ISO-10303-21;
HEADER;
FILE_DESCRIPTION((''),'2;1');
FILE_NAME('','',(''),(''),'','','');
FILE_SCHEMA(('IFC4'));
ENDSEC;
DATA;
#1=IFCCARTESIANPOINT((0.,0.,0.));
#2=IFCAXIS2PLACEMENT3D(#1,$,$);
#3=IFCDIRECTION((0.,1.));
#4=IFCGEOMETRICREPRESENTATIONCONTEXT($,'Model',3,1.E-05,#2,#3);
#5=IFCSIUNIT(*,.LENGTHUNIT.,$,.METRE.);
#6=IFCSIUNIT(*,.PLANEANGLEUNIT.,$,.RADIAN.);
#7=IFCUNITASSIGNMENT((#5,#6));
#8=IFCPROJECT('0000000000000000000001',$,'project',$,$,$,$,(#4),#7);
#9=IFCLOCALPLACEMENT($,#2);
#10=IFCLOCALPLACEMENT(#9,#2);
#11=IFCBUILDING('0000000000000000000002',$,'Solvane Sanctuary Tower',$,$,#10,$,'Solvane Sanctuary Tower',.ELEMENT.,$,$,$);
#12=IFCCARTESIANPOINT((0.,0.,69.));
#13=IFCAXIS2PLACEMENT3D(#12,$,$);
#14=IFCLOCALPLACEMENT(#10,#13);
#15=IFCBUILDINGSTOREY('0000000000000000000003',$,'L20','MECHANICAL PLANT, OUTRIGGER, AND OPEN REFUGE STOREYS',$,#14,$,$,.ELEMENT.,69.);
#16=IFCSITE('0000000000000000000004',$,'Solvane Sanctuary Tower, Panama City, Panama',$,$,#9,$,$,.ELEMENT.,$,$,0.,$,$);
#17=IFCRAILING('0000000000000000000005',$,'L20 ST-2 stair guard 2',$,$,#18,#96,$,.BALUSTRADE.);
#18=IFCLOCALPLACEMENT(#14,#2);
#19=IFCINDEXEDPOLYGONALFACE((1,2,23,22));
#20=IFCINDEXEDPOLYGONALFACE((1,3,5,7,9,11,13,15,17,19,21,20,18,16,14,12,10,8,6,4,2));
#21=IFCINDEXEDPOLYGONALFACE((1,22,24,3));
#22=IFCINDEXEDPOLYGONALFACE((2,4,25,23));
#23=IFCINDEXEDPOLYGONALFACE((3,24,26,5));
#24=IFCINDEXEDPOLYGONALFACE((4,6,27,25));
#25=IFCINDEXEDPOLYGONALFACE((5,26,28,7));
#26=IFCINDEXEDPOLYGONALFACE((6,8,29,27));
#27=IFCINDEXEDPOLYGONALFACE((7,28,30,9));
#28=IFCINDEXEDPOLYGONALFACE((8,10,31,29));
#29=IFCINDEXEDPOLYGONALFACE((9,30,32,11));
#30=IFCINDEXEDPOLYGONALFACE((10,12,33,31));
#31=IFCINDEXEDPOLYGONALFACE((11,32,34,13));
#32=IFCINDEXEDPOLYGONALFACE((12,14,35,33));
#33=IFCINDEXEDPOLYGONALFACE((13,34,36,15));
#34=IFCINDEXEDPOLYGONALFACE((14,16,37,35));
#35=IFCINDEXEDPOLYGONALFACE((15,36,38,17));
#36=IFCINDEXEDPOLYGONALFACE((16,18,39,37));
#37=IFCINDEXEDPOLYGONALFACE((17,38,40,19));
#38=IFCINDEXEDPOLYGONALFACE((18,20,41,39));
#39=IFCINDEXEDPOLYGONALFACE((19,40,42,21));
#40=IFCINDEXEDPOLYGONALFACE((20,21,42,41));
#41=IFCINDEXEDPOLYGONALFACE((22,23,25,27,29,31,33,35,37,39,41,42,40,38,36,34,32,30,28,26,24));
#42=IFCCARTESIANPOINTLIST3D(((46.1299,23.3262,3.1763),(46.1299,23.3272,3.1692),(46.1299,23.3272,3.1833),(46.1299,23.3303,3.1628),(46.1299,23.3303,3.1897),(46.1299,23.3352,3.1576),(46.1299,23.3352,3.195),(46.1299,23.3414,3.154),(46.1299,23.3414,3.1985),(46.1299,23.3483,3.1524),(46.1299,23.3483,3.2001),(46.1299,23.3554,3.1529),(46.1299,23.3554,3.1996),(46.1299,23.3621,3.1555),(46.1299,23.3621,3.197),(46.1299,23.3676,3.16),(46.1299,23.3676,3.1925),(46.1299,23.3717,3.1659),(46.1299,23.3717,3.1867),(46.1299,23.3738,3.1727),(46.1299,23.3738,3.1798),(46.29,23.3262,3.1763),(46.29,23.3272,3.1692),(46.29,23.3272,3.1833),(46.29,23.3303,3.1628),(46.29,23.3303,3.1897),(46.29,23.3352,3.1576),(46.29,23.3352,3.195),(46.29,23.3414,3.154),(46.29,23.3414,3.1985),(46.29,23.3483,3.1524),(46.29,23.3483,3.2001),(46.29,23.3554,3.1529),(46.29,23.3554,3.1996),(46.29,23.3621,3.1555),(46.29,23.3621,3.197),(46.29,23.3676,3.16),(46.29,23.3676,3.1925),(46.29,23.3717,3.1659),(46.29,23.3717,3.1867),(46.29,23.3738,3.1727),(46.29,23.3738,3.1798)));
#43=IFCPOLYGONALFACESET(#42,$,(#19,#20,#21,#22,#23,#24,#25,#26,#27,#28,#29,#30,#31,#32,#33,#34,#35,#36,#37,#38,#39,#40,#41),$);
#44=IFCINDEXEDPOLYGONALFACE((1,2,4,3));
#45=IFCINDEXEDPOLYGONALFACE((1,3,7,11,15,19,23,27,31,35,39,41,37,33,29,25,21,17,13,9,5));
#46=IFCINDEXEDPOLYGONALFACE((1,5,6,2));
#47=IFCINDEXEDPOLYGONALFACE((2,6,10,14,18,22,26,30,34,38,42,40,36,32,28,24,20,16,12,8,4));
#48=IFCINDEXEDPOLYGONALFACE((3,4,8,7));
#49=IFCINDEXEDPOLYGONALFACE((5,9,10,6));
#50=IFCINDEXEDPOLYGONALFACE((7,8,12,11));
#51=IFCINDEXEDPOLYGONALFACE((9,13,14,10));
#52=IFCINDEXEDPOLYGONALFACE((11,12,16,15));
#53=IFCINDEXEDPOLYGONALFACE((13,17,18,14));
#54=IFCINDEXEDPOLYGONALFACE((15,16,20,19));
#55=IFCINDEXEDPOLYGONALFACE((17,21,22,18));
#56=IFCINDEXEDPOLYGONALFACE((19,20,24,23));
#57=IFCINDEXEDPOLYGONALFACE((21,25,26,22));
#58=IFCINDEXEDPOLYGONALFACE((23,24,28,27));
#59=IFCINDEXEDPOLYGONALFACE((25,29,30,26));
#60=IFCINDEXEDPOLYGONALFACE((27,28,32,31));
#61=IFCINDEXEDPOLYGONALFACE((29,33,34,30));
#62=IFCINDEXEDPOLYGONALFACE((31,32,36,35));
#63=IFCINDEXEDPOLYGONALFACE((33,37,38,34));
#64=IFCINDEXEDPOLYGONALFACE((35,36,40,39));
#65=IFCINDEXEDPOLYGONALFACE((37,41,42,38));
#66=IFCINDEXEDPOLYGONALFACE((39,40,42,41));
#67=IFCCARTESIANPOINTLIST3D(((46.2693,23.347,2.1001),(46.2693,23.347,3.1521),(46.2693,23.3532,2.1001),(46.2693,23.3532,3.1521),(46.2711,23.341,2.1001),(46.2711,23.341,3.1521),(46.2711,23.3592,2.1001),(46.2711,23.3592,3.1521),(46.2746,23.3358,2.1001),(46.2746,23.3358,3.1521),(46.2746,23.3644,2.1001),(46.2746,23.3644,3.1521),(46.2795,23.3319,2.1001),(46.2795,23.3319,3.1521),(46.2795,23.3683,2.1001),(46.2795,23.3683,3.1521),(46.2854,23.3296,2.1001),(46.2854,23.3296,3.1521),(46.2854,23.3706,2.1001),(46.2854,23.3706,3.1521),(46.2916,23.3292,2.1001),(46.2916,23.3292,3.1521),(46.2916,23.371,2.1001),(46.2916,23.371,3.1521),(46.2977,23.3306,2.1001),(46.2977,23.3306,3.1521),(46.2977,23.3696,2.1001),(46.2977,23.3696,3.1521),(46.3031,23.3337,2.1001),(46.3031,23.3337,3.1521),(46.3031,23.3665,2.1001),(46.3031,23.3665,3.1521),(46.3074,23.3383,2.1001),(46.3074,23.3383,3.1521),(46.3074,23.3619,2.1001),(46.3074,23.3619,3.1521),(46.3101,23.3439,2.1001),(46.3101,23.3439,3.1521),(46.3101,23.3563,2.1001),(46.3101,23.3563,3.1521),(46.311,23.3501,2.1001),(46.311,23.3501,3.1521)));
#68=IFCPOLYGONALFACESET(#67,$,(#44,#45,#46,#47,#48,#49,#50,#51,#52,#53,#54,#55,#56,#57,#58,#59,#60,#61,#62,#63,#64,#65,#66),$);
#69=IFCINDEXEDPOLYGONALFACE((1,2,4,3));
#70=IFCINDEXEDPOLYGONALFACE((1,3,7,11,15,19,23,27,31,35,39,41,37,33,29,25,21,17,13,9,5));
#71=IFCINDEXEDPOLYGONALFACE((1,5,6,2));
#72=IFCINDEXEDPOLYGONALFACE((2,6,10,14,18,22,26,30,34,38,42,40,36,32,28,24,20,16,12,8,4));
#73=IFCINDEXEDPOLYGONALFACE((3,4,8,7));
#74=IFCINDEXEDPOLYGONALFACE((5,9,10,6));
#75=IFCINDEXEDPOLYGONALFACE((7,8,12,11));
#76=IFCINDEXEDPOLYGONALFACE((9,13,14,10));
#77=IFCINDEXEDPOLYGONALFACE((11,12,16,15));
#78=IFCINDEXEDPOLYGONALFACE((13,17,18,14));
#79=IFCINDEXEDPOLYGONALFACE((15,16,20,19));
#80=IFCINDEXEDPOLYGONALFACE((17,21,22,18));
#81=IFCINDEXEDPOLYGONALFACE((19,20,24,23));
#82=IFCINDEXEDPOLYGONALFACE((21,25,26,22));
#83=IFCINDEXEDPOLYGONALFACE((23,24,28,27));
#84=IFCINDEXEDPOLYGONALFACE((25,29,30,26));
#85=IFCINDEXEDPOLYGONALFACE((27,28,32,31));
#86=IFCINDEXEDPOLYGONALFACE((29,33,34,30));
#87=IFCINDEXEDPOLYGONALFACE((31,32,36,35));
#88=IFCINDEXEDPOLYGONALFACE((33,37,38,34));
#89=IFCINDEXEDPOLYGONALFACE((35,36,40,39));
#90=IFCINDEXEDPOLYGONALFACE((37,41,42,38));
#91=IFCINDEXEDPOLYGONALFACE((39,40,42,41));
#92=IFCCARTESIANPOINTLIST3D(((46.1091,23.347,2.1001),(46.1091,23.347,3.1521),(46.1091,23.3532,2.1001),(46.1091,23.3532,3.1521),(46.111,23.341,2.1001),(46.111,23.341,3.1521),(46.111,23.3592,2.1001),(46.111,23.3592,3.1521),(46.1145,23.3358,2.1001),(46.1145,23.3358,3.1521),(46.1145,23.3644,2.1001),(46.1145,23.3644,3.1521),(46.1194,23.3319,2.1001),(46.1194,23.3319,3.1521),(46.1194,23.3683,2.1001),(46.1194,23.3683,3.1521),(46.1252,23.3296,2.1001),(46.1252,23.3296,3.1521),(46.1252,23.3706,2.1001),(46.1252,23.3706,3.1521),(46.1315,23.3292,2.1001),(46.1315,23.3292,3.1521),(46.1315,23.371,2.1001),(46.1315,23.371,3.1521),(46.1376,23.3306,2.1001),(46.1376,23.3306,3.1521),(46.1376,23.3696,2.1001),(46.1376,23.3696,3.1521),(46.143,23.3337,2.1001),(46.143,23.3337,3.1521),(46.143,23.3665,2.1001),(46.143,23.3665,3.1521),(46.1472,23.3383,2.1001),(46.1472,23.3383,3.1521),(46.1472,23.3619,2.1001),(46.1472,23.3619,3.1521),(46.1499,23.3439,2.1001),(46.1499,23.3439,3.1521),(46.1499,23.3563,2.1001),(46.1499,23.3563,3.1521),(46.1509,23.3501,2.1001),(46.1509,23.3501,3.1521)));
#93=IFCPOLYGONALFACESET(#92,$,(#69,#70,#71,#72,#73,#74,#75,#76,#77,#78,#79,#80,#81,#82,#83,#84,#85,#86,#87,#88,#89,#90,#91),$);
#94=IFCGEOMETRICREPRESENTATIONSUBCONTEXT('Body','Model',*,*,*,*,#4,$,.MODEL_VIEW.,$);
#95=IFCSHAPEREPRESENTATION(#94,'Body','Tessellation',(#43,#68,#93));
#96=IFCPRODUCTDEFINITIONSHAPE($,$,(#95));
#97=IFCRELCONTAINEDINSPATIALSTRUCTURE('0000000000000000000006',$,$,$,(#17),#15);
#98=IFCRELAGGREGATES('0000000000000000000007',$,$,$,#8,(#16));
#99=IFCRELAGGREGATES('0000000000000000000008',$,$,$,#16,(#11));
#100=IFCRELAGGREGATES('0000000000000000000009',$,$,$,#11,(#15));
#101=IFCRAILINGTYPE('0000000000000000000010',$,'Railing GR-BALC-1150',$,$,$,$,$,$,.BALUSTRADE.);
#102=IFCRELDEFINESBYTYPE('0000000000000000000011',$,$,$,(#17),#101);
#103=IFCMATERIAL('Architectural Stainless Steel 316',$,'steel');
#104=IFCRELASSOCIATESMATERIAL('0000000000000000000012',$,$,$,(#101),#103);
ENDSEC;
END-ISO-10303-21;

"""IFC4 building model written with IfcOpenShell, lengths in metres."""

from ifc_helpers import new_model, si_unit, direction, frame, origin, origin_2d, place, context, subcontext, project, spatial, circle, extrude, material, type_object, element, save


model = new_model("IFC4")

# Units and contexts
model_context = context("Model", 3, precision=1e-05, world=origin(), true_north=direction((0.0, 1.0)))
body_context = subcontext(model_context, "Body", "Model", "MODEL_VIEW")
ifc_project = project(units=[si_unit("LENGTHUNIT", "METRE"), si_unit("PLANEANGLEUNIT", "RADIAN")], contexts=[model_context])

# Site, building, storey
site_placement = place(None, origin())
site = spatial("IfcSite", under=ifc_project, at=site_placement, Name="Solvane Sanctuary Tower, Panama City, Panama", CompositionType="ELEMENT", RefElevation=0.0)
building_placement = place(site_placement, origin())
building = spatial("IfcBuilding", under=site, at=building_placement, Name="Solvane Sanctuary Tower", LongName="Solvane Sanctuary Tower", CompositionType="ELEMENT")
storey_placement = place(building_placement, frame((0.0, 0.0, 69.0)))
storey = spatial("IfcBuildingStorey", under=building, at=storey_placement, Name="L20", Description="MECHANICAL PLANT, OUTRIGGER, AND OPEN REFUGE STOREYS", CompositionType="ELEMENT", Elevation=69.0)

# Shared definitions
ifc_material_1 = material(Name="Architectural Stainless Steel 316", Category="steel")

# Railing
railing_type_1 = type_object("IfcRailingType", Name="Railing GR-BALC-1150", PredefinedType="BALUSTRADE", material=ifc_material_1)
railing_1_placement = place(storey_placement, frame((46.29, 23.3501, 2.1001)))
element("IfcRailing", 1, at=railing_1_placement, inside=storey, type_object=railing_type_1, Name="L20 ST-2 stair guard 2", PredefinedType="BALUSTRADE", context=body_context, shape_type="SweptSolid", body=[
    extrude(circle(Radius=0.0239, at=origin_2d()), frame((0.0, 0.0, 1.0762), z_axis=(-1.0, 0.0, 0.0), x_axis=(0.0, -1.0, 0.0)), (0.0, 0.0, 1.0), 0.1602),
    extrude(circle(Radius=0.021, at=origin_2d()), origin(), (0.0, 0.0, 1.0), 1.052),
    extrude(circle(Radius=0.021, at=origin_2d()), frame((-0.1602, 0.0, 0.0)), (0.0, 0.0, 1.0), 1.052),
])

save(model, "model.ifc")
